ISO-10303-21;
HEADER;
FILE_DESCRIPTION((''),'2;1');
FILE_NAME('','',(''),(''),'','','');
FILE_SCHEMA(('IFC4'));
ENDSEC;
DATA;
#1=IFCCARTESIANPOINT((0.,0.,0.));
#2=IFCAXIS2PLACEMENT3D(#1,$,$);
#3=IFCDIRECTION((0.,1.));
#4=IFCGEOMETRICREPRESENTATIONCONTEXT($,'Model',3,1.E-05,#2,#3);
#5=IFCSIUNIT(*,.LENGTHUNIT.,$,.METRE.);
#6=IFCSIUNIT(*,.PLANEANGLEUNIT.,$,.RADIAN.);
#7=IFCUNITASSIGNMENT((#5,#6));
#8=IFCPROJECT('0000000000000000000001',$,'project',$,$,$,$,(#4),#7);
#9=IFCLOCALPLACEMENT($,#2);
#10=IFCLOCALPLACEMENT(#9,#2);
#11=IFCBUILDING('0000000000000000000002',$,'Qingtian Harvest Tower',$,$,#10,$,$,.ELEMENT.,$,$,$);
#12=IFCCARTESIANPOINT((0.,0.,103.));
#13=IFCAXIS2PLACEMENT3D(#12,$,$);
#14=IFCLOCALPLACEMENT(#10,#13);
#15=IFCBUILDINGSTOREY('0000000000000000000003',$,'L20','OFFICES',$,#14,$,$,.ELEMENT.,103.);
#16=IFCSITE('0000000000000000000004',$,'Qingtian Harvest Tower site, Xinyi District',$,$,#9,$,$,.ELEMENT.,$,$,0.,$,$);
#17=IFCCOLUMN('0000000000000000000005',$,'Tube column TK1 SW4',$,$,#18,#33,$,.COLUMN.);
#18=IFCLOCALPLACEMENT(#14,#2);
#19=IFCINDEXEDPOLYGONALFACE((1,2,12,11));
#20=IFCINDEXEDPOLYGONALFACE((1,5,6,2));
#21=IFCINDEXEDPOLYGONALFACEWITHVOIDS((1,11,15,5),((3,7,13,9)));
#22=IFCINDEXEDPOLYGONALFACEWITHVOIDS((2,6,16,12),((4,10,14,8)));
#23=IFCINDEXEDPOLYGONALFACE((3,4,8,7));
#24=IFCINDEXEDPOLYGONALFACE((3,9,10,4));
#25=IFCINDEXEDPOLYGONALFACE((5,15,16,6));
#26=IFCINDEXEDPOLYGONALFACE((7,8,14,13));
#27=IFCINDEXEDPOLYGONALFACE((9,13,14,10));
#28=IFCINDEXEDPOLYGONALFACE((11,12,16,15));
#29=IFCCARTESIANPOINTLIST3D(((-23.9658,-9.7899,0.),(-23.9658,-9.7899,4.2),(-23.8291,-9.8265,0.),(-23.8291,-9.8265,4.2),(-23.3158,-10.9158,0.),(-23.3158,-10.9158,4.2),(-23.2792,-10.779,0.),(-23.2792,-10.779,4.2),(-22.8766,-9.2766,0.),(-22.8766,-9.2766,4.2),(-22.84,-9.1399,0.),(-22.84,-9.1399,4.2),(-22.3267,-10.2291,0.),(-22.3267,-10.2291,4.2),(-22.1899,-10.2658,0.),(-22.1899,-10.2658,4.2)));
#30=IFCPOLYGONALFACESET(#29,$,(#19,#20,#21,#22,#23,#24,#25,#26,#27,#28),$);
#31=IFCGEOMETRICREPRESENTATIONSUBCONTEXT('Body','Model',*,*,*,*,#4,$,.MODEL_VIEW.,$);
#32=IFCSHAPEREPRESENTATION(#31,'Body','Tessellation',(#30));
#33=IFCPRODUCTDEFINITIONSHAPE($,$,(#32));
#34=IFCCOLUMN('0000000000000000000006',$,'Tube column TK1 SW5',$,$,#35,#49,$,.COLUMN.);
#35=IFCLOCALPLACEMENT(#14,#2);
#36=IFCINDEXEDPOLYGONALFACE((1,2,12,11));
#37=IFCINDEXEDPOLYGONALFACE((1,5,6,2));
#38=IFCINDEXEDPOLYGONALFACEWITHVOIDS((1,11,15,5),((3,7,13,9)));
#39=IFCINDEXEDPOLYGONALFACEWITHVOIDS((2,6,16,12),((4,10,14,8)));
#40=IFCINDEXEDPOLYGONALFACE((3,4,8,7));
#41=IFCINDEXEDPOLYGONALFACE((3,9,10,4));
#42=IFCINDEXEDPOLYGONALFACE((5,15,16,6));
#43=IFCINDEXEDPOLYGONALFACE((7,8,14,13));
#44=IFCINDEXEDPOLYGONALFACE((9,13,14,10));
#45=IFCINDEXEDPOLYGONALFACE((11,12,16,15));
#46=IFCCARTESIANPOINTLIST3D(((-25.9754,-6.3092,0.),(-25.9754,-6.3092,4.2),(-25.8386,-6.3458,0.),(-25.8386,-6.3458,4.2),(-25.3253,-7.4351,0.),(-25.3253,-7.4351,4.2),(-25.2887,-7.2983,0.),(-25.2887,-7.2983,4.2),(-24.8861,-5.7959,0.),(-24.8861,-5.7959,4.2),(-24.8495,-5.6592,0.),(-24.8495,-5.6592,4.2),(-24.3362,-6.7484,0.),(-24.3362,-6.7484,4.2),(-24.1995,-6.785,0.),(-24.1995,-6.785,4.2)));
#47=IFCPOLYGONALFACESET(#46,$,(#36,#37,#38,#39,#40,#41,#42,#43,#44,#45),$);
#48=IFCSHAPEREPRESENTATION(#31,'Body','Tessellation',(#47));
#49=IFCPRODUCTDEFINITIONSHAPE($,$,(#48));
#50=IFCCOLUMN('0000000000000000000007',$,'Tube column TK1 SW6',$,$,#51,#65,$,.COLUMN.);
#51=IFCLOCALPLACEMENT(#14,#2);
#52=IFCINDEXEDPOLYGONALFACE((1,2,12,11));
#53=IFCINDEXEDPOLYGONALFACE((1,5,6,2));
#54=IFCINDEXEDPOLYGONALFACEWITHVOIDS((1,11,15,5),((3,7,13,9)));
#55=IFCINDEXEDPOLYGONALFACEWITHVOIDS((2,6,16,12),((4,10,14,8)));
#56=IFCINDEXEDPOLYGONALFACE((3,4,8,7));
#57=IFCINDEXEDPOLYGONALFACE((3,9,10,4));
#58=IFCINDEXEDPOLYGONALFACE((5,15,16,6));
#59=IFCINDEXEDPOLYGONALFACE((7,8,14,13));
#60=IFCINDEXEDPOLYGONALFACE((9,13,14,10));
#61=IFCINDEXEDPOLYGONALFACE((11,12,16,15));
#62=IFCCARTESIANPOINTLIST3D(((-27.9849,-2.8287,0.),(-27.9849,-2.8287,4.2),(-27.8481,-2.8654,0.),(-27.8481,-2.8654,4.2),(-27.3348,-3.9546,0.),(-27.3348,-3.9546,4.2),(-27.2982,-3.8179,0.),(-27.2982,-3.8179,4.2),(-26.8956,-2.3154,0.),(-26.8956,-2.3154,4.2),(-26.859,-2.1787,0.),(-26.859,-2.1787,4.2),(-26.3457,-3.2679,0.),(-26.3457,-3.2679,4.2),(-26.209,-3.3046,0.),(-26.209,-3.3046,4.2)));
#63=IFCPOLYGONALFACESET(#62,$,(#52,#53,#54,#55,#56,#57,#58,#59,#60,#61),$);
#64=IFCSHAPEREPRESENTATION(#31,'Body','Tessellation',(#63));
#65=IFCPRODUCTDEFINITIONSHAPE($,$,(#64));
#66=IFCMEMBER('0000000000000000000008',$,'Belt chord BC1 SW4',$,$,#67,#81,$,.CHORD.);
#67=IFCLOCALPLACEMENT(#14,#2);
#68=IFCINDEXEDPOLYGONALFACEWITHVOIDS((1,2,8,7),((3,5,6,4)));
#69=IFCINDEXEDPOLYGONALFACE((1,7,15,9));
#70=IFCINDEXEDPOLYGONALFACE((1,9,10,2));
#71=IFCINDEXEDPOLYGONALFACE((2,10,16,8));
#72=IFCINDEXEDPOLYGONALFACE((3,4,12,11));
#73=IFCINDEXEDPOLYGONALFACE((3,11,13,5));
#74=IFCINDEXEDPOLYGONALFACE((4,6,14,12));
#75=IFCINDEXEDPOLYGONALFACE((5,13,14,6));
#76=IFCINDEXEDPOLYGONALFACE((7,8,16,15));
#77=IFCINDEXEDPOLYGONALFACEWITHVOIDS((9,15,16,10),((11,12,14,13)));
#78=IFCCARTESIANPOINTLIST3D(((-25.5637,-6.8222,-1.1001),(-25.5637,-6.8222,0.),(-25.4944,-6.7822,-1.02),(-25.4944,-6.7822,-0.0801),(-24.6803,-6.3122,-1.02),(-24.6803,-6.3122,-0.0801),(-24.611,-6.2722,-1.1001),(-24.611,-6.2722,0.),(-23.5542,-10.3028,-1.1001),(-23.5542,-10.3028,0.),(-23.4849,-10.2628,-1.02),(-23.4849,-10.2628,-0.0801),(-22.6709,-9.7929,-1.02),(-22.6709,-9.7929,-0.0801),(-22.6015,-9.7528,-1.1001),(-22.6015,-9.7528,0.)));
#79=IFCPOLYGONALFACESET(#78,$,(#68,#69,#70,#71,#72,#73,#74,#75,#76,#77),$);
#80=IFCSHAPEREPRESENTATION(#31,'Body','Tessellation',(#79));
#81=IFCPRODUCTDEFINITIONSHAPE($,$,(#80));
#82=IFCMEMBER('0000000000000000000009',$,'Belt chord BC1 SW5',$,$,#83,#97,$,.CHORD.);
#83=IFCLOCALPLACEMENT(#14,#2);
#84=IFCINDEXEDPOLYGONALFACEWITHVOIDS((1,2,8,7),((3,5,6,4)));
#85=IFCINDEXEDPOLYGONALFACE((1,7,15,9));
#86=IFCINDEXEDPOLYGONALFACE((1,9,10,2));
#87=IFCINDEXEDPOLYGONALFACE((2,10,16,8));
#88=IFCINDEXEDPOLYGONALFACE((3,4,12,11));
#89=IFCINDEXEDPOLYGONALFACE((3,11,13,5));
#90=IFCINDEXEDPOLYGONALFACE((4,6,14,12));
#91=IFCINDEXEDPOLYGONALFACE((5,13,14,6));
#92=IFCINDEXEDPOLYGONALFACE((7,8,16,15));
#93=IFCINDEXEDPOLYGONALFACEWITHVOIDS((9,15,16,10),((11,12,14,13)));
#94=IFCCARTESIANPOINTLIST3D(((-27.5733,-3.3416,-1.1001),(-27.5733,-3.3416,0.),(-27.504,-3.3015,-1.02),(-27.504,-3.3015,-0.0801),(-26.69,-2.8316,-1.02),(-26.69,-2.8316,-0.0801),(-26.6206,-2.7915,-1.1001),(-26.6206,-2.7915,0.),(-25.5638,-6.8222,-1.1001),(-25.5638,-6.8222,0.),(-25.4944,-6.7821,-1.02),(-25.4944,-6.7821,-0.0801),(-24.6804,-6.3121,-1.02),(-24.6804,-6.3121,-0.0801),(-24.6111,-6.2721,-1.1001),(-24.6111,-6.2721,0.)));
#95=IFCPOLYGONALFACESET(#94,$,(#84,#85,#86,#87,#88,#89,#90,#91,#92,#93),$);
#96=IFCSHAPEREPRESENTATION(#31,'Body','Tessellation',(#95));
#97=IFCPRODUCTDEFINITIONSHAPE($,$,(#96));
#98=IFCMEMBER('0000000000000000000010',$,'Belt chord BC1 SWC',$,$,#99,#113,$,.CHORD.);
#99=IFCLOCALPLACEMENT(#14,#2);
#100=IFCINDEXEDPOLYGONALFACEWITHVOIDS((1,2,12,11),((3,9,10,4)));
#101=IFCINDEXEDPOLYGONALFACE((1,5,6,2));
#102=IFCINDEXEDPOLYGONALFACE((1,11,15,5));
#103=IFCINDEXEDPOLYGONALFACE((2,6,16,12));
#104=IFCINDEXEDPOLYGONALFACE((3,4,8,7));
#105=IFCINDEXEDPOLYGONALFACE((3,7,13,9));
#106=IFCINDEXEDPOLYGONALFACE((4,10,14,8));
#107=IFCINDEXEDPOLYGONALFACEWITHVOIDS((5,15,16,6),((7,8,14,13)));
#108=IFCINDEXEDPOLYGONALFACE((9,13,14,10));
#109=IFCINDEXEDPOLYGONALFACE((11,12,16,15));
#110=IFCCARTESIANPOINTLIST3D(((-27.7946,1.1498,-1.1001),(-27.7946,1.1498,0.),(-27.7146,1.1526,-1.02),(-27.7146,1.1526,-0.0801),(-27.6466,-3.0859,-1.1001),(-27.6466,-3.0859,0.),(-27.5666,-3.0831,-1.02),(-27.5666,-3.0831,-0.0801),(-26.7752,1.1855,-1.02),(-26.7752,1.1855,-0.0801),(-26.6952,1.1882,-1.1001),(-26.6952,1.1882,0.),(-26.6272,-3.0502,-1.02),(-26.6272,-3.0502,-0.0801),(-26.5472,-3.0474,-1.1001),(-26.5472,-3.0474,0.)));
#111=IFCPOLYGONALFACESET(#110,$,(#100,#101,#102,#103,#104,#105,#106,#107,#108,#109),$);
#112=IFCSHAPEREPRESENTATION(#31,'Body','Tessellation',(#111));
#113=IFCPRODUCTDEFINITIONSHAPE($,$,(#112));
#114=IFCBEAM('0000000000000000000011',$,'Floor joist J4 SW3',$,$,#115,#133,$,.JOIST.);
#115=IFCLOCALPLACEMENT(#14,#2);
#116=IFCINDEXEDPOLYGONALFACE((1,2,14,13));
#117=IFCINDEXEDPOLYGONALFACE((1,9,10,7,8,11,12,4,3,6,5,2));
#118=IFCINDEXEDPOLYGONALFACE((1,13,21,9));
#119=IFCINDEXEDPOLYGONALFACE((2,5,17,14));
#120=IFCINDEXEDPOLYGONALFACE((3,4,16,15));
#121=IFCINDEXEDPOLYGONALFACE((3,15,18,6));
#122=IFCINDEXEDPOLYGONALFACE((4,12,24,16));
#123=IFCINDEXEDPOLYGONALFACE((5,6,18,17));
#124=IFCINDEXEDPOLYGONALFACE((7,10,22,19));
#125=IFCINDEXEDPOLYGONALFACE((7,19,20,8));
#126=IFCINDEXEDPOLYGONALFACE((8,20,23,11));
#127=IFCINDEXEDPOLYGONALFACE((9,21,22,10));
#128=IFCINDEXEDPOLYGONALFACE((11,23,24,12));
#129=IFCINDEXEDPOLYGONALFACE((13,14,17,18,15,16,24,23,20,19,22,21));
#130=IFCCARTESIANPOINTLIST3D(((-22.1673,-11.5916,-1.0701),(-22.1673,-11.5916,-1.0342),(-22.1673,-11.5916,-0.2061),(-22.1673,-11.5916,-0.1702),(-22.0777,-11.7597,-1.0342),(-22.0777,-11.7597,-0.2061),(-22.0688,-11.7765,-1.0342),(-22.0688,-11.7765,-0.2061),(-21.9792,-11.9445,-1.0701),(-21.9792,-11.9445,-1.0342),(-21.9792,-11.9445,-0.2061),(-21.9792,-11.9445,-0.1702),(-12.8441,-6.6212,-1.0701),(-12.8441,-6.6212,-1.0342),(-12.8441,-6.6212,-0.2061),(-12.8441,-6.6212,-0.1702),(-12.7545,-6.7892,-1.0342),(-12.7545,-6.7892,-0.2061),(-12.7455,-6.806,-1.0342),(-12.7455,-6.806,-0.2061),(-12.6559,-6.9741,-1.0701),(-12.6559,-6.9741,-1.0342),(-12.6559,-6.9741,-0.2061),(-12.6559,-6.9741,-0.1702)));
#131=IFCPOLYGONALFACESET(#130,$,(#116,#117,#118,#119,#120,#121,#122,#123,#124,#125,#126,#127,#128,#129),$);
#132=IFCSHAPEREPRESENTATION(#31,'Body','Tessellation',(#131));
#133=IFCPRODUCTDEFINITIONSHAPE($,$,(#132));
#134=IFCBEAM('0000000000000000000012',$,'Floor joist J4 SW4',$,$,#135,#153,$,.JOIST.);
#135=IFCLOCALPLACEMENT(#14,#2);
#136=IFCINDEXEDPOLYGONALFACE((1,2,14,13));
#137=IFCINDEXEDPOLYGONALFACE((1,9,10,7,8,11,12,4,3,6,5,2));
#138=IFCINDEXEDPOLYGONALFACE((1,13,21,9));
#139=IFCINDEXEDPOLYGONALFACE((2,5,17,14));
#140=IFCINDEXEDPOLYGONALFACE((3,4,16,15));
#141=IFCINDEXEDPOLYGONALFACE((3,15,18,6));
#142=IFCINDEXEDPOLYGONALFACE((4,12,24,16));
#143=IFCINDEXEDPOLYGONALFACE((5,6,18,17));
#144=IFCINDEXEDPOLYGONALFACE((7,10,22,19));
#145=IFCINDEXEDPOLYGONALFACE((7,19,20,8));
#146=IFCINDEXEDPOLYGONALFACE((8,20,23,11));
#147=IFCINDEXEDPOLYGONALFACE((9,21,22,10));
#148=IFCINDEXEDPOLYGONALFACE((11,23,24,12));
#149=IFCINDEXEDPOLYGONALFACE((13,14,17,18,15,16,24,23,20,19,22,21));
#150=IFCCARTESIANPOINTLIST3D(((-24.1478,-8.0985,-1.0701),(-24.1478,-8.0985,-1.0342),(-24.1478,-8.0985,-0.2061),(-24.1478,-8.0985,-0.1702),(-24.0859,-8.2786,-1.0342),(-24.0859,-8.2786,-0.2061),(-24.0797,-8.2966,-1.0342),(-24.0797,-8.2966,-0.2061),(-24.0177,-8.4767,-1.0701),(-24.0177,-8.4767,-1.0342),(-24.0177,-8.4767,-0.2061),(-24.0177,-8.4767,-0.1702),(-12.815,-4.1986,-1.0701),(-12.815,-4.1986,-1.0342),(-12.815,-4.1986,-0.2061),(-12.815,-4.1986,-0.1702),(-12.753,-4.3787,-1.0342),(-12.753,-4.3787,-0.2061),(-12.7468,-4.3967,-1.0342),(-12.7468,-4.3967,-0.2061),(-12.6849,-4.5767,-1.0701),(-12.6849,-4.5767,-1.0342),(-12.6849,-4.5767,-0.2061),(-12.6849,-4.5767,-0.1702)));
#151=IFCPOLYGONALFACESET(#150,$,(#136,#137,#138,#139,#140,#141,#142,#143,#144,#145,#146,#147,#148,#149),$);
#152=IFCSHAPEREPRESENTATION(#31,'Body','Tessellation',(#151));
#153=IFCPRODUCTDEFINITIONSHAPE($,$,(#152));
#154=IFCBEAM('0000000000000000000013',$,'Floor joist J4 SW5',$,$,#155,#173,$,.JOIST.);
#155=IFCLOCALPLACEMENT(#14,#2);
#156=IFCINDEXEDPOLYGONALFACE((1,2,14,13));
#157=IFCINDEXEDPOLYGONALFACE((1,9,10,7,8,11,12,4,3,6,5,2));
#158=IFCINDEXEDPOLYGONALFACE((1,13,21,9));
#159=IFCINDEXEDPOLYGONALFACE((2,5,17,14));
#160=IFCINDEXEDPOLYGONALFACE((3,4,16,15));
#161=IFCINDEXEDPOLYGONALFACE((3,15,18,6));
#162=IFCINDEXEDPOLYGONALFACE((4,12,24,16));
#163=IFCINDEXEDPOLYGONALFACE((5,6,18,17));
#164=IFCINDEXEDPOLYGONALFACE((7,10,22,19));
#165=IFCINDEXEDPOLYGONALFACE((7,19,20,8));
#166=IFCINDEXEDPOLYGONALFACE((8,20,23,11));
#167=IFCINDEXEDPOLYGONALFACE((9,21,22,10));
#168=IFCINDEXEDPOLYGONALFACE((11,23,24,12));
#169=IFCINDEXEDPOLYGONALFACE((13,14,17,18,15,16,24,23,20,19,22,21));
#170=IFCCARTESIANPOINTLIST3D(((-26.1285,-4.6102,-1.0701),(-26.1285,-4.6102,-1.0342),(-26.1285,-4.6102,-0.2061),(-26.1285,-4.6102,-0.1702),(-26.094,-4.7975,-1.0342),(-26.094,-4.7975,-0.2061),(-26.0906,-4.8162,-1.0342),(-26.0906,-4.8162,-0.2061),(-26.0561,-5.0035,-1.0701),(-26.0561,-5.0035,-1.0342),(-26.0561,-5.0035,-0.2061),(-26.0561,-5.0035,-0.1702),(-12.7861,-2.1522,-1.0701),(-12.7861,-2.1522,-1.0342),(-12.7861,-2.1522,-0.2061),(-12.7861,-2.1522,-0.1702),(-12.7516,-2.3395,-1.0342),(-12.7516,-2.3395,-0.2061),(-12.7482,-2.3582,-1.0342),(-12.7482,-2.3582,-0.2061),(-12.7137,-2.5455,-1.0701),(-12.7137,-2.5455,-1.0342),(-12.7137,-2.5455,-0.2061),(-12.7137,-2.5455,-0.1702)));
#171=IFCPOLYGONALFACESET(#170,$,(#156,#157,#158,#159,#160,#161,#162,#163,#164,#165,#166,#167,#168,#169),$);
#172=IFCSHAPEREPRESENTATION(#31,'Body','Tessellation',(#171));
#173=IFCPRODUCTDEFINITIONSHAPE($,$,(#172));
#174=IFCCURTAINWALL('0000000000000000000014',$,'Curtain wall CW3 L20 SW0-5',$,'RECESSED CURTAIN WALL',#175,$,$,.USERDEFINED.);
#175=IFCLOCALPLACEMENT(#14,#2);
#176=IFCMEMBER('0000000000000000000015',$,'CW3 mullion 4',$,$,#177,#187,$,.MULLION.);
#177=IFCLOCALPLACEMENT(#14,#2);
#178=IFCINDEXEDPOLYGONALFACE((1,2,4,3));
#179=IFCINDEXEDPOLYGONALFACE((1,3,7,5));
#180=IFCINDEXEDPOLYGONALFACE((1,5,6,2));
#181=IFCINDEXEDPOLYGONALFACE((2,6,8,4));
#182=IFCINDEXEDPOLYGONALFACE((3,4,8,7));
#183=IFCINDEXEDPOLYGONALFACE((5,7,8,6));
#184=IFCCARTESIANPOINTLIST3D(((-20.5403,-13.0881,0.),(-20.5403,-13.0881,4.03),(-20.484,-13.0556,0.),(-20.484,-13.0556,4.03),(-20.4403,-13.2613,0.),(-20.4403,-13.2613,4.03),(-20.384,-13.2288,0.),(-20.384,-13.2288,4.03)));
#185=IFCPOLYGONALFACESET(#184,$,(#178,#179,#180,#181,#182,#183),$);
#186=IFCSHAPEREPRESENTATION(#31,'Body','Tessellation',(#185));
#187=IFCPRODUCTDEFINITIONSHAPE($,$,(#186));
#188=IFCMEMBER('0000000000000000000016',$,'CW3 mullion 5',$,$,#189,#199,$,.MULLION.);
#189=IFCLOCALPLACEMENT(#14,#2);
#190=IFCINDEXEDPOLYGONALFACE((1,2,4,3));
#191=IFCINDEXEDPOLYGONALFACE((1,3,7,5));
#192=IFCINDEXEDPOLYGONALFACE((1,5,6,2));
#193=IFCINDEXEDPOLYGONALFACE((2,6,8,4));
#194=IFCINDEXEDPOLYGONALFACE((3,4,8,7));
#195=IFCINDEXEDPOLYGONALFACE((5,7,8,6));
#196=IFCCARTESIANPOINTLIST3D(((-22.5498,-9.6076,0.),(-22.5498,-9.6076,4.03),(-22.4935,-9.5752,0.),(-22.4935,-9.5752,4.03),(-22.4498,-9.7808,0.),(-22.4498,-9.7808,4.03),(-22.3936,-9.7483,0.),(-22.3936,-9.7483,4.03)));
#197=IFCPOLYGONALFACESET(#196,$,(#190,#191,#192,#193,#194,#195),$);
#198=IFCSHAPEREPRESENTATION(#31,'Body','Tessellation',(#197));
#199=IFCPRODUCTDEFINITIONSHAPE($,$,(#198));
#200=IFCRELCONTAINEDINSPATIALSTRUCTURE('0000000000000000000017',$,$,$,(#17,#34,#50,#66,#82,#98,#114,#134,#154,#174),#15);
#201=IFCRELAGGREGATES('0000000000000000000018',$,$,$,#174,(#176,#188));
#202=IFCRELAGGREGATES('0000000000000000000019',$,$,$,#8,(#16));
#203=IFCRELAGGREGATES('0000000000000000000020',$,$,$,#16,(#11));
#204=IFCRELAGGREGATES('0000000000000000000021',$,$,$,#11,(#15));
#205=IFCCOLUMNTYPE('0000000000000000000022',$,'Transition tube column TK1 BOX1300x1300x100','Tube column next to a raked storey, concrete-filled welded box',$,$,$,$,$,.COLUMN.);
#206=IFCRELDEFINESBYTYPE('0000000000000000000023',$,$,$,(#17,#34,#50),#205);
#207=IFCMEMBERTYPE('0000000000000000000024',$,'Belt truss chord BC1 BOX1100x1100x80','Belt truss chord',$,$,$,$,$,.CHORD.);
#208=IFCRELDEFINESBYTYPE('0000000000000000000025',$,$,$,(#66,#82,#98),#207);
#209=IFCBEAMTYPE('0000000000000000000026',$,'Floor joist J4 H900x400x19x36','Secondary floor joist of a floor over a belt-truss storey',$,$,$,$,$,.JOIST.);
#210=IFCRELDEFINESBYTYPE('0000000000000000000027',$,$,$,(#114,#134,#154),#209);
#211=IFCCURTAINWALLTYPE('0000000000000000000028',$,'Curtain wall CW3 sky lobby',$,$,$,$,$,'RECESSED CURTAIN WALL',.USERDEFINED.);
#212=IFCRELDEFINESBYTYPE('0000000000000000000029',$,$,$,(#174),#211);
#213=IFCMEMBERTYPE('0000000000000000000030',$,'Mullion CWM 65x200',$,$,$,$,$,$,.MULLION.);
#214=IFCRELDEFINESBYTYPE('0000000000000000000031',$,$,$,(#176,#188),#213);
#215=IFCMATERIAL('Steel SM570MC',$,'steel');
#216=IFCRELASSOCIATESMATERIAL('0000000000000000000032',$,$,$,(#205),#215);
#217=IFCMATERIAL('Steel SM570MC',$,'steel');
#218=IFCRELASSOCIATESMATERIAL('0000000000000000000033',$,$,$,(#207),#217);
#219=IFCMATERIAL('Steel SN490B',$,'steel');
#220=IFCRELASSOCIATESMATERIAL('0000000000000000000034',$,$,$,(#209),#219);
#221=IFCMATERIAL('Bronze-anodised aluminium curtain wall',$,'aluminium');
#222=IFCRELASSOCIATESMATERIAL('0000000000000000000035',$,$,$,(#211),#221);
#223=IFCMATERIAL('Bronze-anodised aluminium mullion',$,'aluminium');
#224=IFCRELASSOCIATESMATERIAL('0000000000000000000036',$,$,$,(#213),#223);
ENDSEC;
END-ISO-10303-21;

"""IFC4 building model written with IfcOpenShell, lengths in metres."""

from ifc_helpers import new_model, si_unit, direction, frame, origin, origin_2d, place, context, subcontext, project, spatial, rectangle, hollow_rectangle, i_section, extrude, material, material_profile, profile_set, type_object, element, aggregate, save


model = new_model("IFC4")

# Units and contexts
model_context = context("Model", 3, precision=1e-05, world=origin(), true_north=direction((0.0, 1.0)))
body_context = subcontext(model_context, "Body", "Model", "MODEL_VIEW")
ifc_project = project(units=[si_unit("LENGTHUNIT", "METRE"), si_unit("PLANEANGLEUNIT", "RADIAN")], contexts=[model_context])

# Site, building, storey
site_placement = place(None, origin())
site = spatial("IfcSite", under=ifc_project, at=site_placement, Name="Qingtian Harvest Tower site, Xinyi District", CompositionType="ELEMENT", RefElevation=0.0)
building_placement = place(site_placement, origin())
building = spatial("IfcBuilding", under=site, at=building_placement, Name="Qingtian Harvest Tower", CompositionType="ELEMENT")
storey_placement = place(building_placement, frame((0.0, 0.0, 103.0)))
storey = spatial("IfcBuildingStorey", under=building, at=storey_placement, Name="L20", Description="OFFICES", CompositionType="ELEMENT", Elevation=103.0)

# Columns
ifc_material_1 = material(Name="Steel SM570MC", Category="steel")
ifc_material_profile_1 = material_profile(ifc_material_1, hollow_rectangle(XDim=1.3, YDim=1.3, WallThickness=0.1001, at=origin_2d()), Name="BOX1300x1300x100")
ifc_profile_set_1 = profile_set([ifc_material_profile_1], Name="Steel SM570MC")
column_type = type_object("IfcColumnType", Name="Transition tube column TK1 BOX1300x1300x100", Description="Tube column next to a raked storey, concrete-filled welded box", PredefinedType="COLUMN", material=ifc_profile_set_1)
for number, where, z_axis, x_axis, name in (
    (1, (-23.0779, -10.0278, 0.0), (0.0, 0.0, 1.0), (0.5, -0.866025, 0.0), "Tube column TK1 SW4"),
    (2, (-25.0874, -6.5471, 0.0), (0.0, 0.0, 1.0), (0.5, -0.866025, 0.0), "Tube column TK1 SW5"),
    (3, (-27.0969, -3.0667, 0.0), (0.0, 0.0, 1.0), (0.5, -0.866025, 0.0), "Tube column TK1 SW6"),
):
    element("IfcColumn", number, at=place(storey_placement, frame(where, z_axis=z_axis, x_axis=x_axis)), inside=storey, type_object=column_type, Name=name, PredefinedType="COLUMN", context=body_context, shape_type="SweptSolid", body=[
        extrude(hollow_rectangle(XDim=1.3, YDim=1.3, WallThickness=0.1001, at=origin_2d()), origin(), (0.0, 0.0, 1.0), 4.2),
    ])

# Members
ifc_material_2 = material(Name="Steel SM570MC", Category="steel")
ifc_material_profile_2 = material_profile(ifc_material_2, hollow_rectangle(XDim=1.1001, YDim=1.1001, WallThickness=0.0801, at=origin_2d()), Name="BOX1100x1100x80")
ifc_profile_set_2 = profile_set([ifc_material_profile_2], Name="Steel SM570MC")
member_type_1 = type_object("IfcMemberType", Name="Belt truss chord BC1 BOX1100x1100x80", Description="Belt truss chord", PredefinedType="CHORD", material=ifc_profile_set_2)
for number, where, z_axis, x_axis, name in (
    (4, (-23.0779, -10.0278, -0.55), (-0.499987, 0.866033, 0.0), (-0.866033, -0.499987, 0.0), "Belt chord BC1 SW4"),
    (5, (-25.0874, -6.5471, -0.55), (-0.500013, 0.866018, 0.0), (-0.866018, -0.500013, 0.0), "Belt chord BC1 SW5"),
):
    element("IfcMember", number, at=place(storey_placement, frame(where, z_axis=z_axis, x_axis=x_axis)), inside=storey, type_object=member_type_1, Name=name, PredefinedType="CHORD", context=body_context, shape_type="SweptSolid", body=[
        extrude(hollow_rectangle(XDim=1.1001, YDim=1.1001, WallThickness=0.0801, at=origin_2d()), origin(), (0.0, 0.0, 1.0), 4.019),
    ])
member_1_placement = place(storey_placement, frame((-27.0969, -3.0667, -0.55), z_axis=(-0.034909, 0.999391, 0.0), x_axis=(-0.999391, -0.034909, 0.0)))
element("IfcMember", 6, at=member_1_placement, inside=storey, type_object=member_type_1, Name="Belt chord BC1 SWC", PredefinedType="CHORD", context=body_context, shape_type="SweptSolid", body=[
    extrude(hollow_rectangle(XDim=1.1001, YDim=1.1001, WallThickness=0.0801, at=origin_2d()), origin(), (0.0, 0.0, 1.0), 4.2383),
])

# Beams
ifc_material_3 = material(Name="Steel SN490B", Category="steel")
ifc_material_profile_3 = material_profile(ifc_material_3, i_section(OverallWidth=0.3999, OverallDepth=0.8999, WebThickness=0.019, FlangeThickness=0.0359, at=origin_2d()), Name="H900x400x19x36")
ifc_profile_set_3 = profile_set([ifc_material_profile_3], Name="Steel SN490B")
beam_type_1 = type_object("IfcBeamType", Name="Floor joist J4 H900x400x19x36", Description="Secondary floor joist of a floor over a belt-truss storey", PredefinedType="JOIST", material=ifc_profile_set_3)
beam_1_placement = place(storey_placement, frame((-22.0732, -11.7681, -0.6201), z_axis=(0.882429, 0.470446, 0.0), x_axis=(-0.470446, 0.882429, 0.0)))
element("IfcBeam", 7, at=beam_1_placement, inside=storey, type_object=beam_type_1, Name="Floor joist J4 SW3", PredefinedType="JOIST", context=body_context, shape_type="SweptSolid", body=[
    extrude(i_section(OverallWidth=0.3999, OverallDepth=0.8999, WebThickness=0.019, FlangeThickness=0.0359, at=origin_2d()), origin(), (0.0, 0.0, 1.0), 10.5654),
])
beam_2_placement = place(storey_placement, frame((-24.0828, -8.2876, -0.6201), z_axis=(0.945577, 0.325398, 0.0), x_axis=(-0.325398, 0.945577, 0.0)))
element("IfcBeam", 8, at=beam_2_placement, inside=storey, type_object=beam_type_1, Name="Floor joist J4 SW4", PredefinedType="JOIST", context=body_context, shape_type="SweptSolid", body=[
    extrude(i_section(OverallWidth=0.3999, OverallDepth=0.8999, WebThickness=0.019, FlangeThickness=0.0359, at=origin_2d()), origin(), (0.0, 0.0, 1.0), 11.9851),
])
beam_3_placement = place(storey_placement, frame((-26.0923, -4.8069, -0.6201), z_axis=(0.98345, 0.181178, 0.0), x_axis=(-0.181178, 0.98345, 0.0)))
element("IfcBeam", 9, at=beam_3_placement, inside=storey, type_object=beam_type_1, Name="Floor joist J4 SW5", PredefinedType="JOIST", context=body_context, shape_type="SweptSolid", body=[
    extrude(i_section(OverallWidth=0.3999, OverallDepth=0.8999, WebThickness=0.019, FlangeThickness=0.0359, at=origin_2d()), origin(), (0.0, 0.0, 1.0), 13.5669),
])

# Curtain wall, members
ifc_material_4 = material(Name="Bronze-anodised aluminium curtain wall", Category="aluminium")
curtain_wall_type = type_object("IfcCurtainWallType", Name="Curtain wall CW3 sky lobby", ElementType="RECESSED CURTAIN WALL", PredefinedType="USERDEFINED", material=ifc_material_4)
curtain_wall_1_placement = place(storey_placement, origin())
curtain_wall_1 = element("IfcCurtainWall", 10, at=curtain_wall_1_placement, inside=storey, type_object=curtain_wall_type, Name="Curtain wall CW3 L20 SW0-5", ObjectType="RECESSED CURTAIN WALL", PredefinedType="USERDEFINED")
ifc_material_5 = material(Name="Bronze-anodised aluminium mullion", Category="aluminium")
ifc_material_profile_4 = material_profile(ifc_material_5, rectangle(XDim=0.0649, YDim=0.2, at=origin_2d()), Name="AL 65x200")
ifc_profile_set_4 = profile_set([ifc_material_profile_4], Name="Bronze-anodised aluminium mullion")
member_type_2 = type_object("IfcMemberType", Name="Mullion CWM 65x200", PredefinedType="MULLION", material=ifc_profile_set_4)
member_2_placement = place(storey_placement, frame((-20.4622, -13.1584, 0.0), z_axis=(0.0, 0.0, 1.0), x_axis=(-0.866025, -0.5, 0.0)))
member_2 = element("IfcMember", 11, at=member_2_placement, type_object=member_type_2, Name="CW3 mullion 4", PredefinedType="MULLION", context=body_context, shape_type="SweptSolid", body=[
    extrude(rectangle(XDim=0.0649, YDim=0.2, at=origin_2d()), origin(), (0.0, 0.0, 1.0), 4.03),
])
member_3_placement = place(storey_placement, frame((-22.4717, -9.678, 0.0), z_axis=(0.0, 0.0, 1.0), x_axis=(-0.866025, -0.5, 0.0)))
member_3 = element("IfcMember", 12, at=member_3_placement, type_object=member_type_2, Name="CW3 mullion 5", PredefinedType="MULLION", context=body_context, shape_type="SweptSolid", body=[
    extrude(rectangle(XDim=0.0649, YDim=0.2, at=origin_2d()), origin(), (0.0, 0.0, 1.0), 4.03),
])

aggregate(curtain_wall_1, [member_2, member_3])

save(model, "model.ifc")
